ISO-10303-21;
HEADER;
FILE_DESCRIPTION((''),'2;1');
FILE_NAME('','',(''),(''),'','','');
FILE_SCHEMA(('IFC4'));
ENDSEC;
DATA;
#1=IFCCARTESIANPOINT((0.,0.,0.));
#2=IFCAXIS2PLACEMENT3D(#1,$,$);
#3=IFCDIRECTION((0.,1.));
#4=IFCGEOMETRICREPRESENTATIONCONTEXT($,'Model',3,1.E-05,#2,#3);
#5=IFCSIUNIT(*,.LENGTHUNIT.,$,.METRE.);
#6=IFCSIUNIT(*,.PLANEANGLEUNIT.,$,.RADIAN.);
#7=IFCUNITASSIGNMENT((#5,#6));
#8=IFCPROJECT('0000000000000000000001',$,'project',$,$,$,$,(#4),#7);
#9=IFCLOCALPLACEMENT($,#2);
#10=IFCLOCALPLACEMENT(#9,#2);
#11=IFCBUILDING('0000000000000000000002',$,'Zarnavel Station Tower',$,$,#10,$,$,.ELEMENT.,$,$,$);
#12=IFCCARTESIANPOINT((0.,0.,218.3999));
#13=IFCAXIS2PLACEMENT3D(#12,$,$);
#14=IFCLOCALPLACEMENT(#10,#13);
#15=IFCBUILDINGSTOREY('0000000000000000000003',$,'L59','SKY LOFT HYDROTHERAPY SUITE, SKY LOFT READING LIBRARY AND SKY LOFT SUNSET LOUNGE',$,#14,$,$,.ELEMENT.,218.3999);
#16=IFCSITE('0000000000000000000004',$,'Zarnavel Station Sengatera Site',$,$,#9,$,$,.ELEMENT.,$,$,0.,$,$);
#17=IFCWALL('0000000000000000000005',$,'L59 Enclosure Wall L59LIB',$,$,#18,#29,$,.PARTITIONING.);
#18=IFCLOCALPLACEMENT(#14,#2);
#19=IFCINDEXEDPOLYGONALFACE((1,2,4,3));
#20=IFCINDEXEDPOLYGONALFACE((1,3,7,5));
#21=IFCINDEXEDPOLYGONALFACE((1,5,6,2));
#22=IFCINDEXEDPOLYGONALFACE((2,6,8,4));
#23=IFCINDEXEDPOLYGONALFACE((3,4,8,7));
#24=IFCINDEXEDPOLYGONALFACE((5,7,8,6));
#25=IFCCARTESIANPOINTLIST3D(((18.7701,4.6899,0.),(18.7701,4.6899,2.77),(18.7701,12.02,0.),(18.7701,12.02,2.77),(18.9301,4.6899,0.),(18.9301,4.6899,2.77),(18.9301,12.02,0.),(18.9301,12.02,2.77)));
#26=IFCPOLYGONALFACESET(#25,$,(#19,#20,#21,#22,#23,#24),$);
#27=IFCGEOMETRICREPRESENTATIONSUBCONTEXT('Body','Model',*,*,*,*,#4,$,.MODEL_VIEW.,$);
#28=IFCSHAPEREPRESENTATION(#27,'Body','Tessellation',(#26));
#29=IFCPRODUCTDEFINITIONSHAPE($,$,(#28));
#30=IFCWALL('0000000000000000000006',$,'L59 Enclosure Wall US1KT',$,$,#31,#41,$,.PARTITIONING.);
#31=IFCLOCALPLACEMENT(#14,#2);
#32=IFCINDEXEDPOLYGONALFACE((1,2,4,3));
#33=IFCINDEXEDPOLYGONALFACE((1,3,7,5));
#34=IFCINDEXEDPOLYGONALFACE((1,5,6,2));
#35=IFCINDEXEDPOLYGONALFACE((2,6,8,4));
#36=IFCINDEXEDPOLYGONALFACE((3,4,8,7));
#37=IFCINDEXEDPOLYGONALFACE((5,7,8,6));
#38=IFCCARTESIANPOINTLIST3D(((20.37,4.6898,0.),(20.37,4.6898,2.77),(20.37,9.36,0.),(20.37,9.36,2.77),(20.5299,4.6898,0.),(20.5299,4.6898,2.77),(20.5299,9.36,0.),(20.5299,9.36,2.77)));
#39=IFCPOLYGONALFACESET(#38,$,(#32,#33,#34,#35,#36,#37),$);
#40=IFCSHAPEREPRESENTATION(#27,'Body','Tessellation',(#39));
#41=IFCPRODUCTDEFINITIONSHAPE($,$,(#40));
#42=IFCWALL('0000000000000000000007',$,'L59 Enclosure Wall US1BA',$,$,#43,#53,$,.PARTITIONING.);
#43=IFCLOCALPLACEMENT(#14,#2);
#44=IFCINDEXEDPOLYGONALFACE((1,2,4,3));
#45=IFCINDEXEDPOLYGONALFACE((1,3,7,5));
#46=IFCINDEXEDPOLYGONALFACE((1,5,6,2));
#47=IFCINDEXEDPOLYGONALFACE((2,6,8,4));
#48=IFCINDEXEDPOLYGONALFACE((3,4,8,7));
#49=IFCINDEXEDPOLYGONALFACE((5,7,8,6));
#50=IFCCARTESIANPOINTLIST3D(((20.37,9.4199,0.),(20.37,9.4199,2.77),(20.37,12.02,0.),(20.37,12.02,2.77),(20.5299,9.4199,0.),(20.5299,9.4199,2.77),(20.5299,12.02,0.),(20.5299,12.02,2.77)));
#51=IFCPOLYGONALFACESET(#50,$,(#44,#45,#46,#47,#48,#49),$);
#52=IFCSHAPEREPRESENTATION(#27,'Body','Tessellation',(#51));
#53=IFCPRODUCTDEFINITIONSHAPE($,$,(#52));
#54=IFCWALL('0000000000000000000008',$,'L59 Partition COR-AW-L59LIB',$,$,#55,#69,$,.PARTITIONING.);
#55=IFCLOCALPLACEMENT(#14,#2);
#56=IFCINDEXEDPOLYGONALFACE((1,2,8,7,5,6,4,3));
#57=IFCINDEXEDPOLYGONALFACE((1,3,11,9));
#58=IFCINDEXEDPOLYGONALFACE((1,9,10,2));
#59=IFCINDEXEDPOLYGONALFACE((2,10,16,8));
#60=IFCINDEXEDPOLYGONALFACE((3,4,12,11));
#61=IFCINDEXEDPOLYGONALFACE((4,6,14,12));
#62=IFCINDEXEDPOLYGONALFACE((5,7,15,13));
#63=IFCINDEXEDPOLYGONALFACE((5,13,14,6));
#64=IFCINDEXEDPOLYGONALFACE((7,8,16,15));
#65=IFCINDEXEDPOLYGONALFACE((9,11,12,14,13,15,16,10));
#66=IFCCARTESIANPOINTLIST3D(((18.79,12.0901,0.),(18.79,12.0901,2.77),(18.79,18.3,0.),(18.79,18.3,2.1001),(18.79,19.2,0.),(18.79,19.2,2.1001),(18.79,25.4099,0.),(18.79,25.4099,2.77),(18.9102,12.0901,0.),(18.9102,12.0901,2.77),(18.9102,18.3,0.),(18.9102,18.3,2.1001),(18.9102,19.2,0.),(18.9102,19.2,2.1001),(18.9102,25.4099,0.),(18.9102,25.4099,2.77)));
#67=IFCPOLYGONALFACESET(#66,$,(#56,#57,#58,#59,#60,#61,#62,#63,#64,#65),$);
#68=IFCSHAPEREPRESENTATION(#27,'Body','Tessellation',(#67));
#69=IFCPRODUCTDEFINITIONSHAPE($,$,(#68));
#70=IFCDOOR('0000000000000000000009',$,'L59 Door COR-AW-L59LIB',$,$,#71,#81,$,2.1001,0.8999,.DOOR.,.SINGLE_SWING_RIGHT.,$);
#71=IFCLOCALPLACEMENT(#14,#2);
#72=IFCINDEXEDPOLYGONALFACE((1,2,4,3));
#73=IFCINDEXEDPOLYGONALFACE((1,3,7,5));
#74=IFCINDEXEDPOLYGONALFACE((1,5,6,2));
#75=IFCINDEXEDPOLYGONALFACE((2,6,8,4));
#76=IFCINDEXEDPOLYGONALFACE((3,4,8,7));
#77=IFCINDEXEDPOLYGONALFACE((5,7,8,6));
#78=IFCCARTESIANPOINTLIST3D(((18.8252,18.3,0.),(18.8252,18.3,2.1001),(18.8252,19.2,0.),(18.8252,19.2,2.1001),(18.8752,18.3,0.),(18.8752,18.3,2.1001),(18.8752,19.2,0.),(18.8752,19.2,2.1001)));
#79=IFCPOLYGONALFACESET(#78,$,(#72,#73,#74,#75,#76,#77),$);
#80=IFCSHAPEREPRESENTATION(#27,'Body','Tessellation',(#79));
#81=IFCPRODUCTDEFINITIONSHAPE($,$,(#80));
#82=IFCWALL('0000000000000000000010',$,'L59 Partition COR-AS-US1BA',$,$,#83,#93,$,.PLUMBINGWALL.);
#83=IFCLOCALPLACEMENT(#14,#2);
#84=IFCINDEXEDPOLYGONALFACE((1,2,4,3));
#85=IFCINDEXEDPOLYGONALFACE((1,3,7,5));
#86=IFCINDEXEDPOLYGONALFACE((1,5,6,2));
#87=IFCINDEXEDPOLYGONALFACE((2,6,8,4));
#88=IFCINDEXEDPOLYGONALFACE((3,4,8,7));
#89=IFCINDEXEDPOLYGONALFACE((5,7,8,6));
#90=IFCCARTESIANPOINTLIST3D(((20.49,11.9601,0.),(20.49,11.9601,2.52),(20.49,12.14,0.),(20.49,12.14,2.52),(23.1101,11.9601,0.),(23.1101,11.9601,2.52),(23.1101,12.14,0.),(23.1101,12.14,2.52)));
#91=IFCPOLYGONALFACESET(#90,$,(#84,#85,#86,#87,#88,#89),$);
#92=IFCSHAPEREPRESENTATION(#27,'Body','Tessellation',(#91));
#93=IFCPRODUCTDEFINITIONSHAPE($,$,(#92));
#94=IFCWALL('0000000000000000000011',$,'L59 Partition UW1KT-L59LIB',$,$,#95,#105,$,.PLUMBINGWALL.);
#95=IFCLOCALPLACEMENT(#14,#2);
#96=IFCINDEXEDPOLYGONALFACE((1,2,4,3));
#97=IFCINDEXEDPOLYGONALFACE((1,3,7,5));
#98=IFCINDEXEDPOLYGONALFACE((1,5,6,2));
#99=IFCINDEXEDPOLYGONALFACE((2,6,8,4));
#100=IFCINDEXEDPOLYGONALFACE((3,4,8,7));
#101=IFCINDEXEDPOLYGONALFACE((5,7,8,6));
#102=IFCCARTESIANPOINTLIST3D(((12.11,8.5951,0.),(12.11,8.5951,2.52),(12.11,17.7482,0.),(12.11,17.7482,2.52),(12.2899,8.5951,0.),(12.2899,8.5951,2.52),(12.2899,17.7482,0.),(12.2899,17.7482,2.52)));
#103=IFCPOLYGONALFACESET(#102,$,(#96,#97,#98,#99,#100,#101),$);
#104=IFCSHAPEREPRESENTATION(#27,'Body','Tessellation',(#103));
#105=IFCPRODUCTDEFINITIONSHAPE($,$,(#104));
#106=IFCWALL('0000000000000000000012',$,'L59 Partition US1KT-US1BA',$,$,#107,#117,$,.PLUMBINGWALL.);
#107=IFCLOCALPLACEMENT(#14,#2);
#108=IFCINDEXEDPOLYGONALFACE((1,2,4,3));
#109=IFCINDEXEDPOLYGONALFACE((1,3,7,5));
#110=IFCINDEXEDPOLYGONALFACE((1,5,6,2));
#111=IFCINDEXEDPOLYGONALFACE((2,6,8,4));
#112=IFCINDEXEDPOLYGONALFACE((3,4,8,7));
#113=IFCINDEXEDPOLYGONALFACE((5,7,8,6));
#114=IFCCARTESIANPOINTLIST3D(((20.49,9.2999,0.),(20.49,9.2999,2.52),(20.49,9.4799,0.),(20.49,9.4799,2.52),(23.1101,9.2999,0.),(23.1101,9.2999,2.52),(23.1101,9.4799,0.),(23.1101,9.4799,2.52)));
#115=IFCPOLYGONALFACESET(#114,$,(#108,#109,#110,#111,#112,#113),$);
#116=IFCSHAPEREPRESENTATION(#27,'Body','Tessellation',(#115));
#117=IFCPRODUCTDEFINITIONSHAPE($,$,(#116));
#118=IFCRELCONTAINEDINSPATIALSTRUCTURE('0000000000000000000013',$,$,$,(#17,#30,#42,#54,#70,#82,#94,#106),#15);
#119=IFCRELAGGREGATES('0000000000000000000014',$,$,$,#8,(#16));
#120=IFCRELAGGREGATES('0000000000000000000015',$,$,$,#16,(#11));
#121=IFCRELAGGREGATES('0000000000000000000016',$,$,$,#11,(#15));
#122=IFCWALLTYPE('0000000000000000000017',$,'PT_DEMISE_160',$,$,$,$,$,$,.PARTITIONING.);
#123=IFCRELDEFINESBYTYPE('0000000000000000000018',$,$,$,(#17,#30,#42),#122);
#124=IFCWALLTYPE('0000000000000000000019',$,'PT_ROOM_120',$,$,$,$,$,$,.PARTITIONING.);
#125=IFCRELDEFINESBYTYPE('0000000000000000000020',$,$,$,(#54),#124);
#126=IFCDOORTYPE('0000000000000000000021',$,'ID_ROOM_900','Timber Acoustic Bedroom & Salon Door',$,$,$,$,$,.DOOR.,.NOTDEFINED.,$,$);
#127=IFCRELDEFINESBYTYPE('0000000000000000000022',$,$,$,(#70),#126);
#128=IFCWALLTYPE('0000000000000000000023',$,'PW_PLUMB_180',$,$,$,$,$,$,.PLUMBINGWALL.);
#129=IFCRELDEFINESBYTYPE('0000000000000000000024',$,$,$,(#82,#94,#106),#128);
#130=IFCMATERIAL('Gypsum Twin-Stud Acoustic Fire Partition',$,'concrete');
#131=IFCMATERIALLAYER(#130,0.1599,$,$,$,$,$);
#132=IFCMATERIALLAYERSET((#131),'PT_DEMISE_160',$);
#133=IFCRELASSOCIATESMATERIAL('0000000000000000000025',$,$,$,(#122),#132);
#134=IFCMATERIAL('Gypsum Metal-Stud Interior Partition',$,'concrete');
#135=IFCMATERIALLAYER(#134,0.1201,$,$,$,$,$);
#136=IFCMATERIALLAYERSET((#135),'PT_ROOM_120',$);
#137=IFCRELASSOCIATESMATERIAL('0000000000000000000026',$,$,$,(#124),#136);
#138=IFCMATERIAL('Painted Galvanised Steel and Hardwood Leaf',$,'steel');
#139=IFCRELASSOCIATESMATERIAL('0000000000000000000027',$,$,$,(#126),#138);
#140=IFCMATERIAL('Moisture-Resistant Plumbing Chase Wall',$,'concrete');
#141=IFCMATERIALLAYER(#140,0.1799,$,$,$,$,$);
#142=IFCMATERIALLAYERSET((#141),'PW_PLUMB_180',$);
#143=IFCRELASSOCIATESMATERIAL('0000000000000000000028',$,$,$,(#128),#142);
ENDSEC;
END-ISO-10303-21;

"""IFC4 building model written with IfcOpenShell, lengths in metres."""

from ifc_helpers import new_model, si_unit, direction, frame, frame_2d, origin, place, context, subcontext, project, spatial, rectangle, extrude, material, layer, layer_set, type_object, element, fill, save


model = new_model("IFC4")

# Units and contexts
model_context = context("Model", 3, precision=1e-05, world=origin(), true_north=direction((0.0, 1.0)))
body_context = subcontext(model_context, "Body", "Model", "MODEL_VIEW")
ifc_project = project(units=[si_unit("LENGTHUNIT", "METRE"), si_unit("PLANEANGLEUNIT", "RADIAN")], contexts=[model_context])

# Site, building, storey
site_placement = place(None, origin())
site = spatial("IfcSite", under=ifc_project, at=site_placement, Name="Zarnavel Station Sengatera Site", CompositionType="ELEMENT", RefElevation=0.0)
building_placement = place(site_placement, origin())
building = spatial("IfcBuilding", under=site, at=building_placement, Name="Zarnavel Station Tower", CompositionType="ELEMENT")
storey_placement = place(building_placement, frame((0.0, 0.0, 218.3999)))
storey = spatial("IfcBuildingStorey", under=building, at=storey_placement, Name="L59", Description="SKY LOFT HYDROTHERAPY SUITE, SKY LOFT READING LIBRARY AND SKY LOFT SUNSET LOUNGE", CompositionType="ELEMENT", Elevation=218.3999)

# Walls
ifc_material_1 = material(Name="Gypsum Twin-Stud Acoustic Fire Partition", Category="concrete")
ifc_layer_1 = layer(ifc_material_1, 0.1599)
ifc_layer_set_1 = layer_set([ifc_layer_1], Name="PT_DEMISE_160")
wall_type_1 = type_object("IfcWallType", Name="PT_DEMISE_160", PredefinedType="PARTITIONING", material=ifc_layer_set_1)
wall_1_placement = place(storey_placement, frame((18.8501, 4.6899, 0.0), z_axis=(0.0, 0.0, 1.0), x_axis=(0.0, 1.0, 0.0)))
element("IfcWall", 1, at=wall_1_placement, inside=storey, type_object=wall_type_1, Name="L59 Enclosure Wall L59LIB", PredefinedType="PARTITIONING", context=body_context, shape_type="SweptSolid", body=[
    extrude(rectangle(XDim=7.3301, YDim=0.1599, at=frame_2d((3.665, 0.0))), origin(), (0.0, 0.0, 1.0), 2.77),
])
wall_2_placement = place(storey_placement, frame((20.45, 4.6899, 0.0), z_axis=(0.0, 0.0, 1.0), x_axis=(0.0, 1.0, 0.0)))
element("IfcWall", 2, at=wall_2_placement, inside=storey, type_object=wall_type_1, Name="L59 Enclosure Wall US1KT", PredefinedType="PARTITIONING", context=body_context, shape_type="SweptSolid", body=[
    extrude(rectangle(XDim=4.6702, YDim=0.1599, at=frame_2d((2.335, 0.0))), origin(), (0.0, 0.0, 1.0), 2.77),
])
wall_3_placement = place(storey_placement, frame((20.45, 9.4199, 0.0), z_axis=(0.0, 0.0, 1.0), x_axis=(0.0, 1.0, 0.0)))
element("IfcWall", 3, at=wall_3_placement, inside=storey, type_object=wall_type_1, Name="L59 Enclosure Wall US1BA", PredefinedType="PARTITIONING", context=body_context, shape_type="SweptSolid", body=[
    extrude(rectangle(XDim=2.6001, YDim=0.1599, at=frame_2d((1.3, 0.0))), origin(), (0.0, 0.0, 1.0), 2.77),
])

# Wall, opening, door
ifc_material_2 = material(Name="Gypsum Metal-Stud Interior Partition", Category="concrete")
ifc_layer_2 = layer(ifc_material_2, 0.1201)
ifc_layer_set_2 = layer_set([ifc_layer_2], Name="PT_ROOM_120")
wall_type_2 = type_object("IfcWallType", Name="PT_ROOM_120", PredefinedType="PARTITIONING", material=ifc_layer_set_2)
wall_4_placement = place(storey_placement, frame((18.8501, 12.0901, 0.0), z_axis=(0.0, 0.0, 1.0), x_axis=(0.0, 1.0, 0.0)))
wall_4 = element("IfcWall", 4, at=wall_4_placement, inside=storey, type_object=wall_type_2, Name="L59 Partition COR-AW-L59LIB", PredefinedType="PARTITIONING", context=body_context, shape_type="SweptSolid", body=[
    extrude(rectangle(XDim=13.3198, YDim=0.1201, at=frame_2d((6.6599, 0.0))), origin(), (0.0, 0.0, 1.0), 2.77),
])
opening_placement = place(wall_4_placement, frame((6.21, 0.0, 0.0)))
opening = element("IfcOpeningElement", 5, at=opening_placement, cuts=wall_4, PredefinedType="OPENING", context=body_context, shape_type="SweptSolid", body=[
    extrude(rectangle(XDim=0.8999, YDim=2.1001, at=frame_2d((0.45, 1.05))), frame((0.0, 0.0701, 0.0), z_axis=(0.0, -1.0, 0.0), x_axis=(1.0, 0.0, 0.0)), (0.0, 0.0, 1.0), 0.1401),
])
ifc_material_3 = material(Name="Painted Galvanised Steel and Hardwood Leaf", Category="steel")
door_type = type_object("IfcDoorType", Name="ID_ROOM_900", Description="Timber Acoustic Bedroom & Salon Door", OperationType="NOTDEFINED", PredefinedType="DOOR", material=ifc_material_3)
door_placement = place(opening_placement, origin())
door = element("IfcDoor", 6, at=door_placement, inside=storey, type_object=door_type, Name="L59 Door COR-AW-L59LIB", OperationType="SINGLE_SWING_RIGHT", OverallHeight=2.1001, OverallWidth=0.8999, PredefinedType="DOOR", context=body_context, shape_type="SweptSolid", body=[
    extrude(rectangle(XDim=0.8999, YDim=2.1001, at=frame_2d((0.45, 1.05))), frame((0.0, 0.0249, 0.0), z_axis=(0.0, -1.0, 0.0), x_axis=(1.0, 0.0, 0.0)), (0.0, 0.0, 1.0), 0.05),
])
fill(opening, door)

# Walls
ifc_material_4 = material(Name="Moisture-Resistant Plumbing Chase Wall", Category="concrete")
ifc_layer_3 = layer(ifc_material_4, 0.1799)
ifc_layer_set_3 = layer_set([ifc_layer_3], Name="PW_PLUMB_180")
wall_type_3 = type_object("IfcWallType", Name="PW_PLUMB_180", PredefinedType="PLUMBINGWALL", material=ifc_layer_set_3)
wall_5_placement = place(storey_placement, frame((20.49, 12.05, 0.0), z_axis=(0.0, 0.0, 1.0), x_axis=(1.0, 0.0, 0.0)))
element("IfcWall", 7, at=wall_5_placement, inside=storey, type_object=wall_type_3, Name="L59 Partition COR-AS-US1BA", PredefinedType="PLUMBINGWALL", context=body_context, shape_type="SweptSolid", body=[
    extrude(rectangle(XDim=2.6201, YDim=0.1799, at=frame_2d((1.3101, 0.0))), origin(), (0.0, 0.0, 1.0), 2.52),
])
wall_6_placement = place(storey_placement, frame((12.2, 8.595, 0.0), z_axis=(0.0, 0.0, 1.0), x_axis=(0.0, 1.0, 0.0)))
element("IfcWall", 8, at=wall_6_placement, inside=storey, type_object=wall_type_3, Name="L59 Partition UW1KT-L59LIB", PredefinedType="PLUMBINGWALL", context=body_context, shape_type="SweptSolid", body=[
    extrude(rectangle(XDim=9.1531, YDim=0.1799, at=frame_2d((4.5767, 0.0))), origin(), (0.0, 0.0, 1.0), 2.52),
])
wall_7_placement = place(storey_placement, frame((20.49, 9.3899, 0.0), z_axis=(0.0, 0.0, 1.0), x_axis=(1.0, 0.0, 0.0)))
element("IfcWall", 9, at=wall_7_placement, inside=storey, type_object=wall_type_3, Name="L59 Partition US1KT-US1BA", PredefinedType="PLUMBINGWALL", context=body_context, shape_type="SweptSolid", body=[
    extrude(rectangle(XDim=2.6201, YDim=0.1799, at=frame_2d((1.3101, 0.0))), origin(), (0.0, 0.0, 1.0), 2.52),
])

save(model, "model.ifc")
